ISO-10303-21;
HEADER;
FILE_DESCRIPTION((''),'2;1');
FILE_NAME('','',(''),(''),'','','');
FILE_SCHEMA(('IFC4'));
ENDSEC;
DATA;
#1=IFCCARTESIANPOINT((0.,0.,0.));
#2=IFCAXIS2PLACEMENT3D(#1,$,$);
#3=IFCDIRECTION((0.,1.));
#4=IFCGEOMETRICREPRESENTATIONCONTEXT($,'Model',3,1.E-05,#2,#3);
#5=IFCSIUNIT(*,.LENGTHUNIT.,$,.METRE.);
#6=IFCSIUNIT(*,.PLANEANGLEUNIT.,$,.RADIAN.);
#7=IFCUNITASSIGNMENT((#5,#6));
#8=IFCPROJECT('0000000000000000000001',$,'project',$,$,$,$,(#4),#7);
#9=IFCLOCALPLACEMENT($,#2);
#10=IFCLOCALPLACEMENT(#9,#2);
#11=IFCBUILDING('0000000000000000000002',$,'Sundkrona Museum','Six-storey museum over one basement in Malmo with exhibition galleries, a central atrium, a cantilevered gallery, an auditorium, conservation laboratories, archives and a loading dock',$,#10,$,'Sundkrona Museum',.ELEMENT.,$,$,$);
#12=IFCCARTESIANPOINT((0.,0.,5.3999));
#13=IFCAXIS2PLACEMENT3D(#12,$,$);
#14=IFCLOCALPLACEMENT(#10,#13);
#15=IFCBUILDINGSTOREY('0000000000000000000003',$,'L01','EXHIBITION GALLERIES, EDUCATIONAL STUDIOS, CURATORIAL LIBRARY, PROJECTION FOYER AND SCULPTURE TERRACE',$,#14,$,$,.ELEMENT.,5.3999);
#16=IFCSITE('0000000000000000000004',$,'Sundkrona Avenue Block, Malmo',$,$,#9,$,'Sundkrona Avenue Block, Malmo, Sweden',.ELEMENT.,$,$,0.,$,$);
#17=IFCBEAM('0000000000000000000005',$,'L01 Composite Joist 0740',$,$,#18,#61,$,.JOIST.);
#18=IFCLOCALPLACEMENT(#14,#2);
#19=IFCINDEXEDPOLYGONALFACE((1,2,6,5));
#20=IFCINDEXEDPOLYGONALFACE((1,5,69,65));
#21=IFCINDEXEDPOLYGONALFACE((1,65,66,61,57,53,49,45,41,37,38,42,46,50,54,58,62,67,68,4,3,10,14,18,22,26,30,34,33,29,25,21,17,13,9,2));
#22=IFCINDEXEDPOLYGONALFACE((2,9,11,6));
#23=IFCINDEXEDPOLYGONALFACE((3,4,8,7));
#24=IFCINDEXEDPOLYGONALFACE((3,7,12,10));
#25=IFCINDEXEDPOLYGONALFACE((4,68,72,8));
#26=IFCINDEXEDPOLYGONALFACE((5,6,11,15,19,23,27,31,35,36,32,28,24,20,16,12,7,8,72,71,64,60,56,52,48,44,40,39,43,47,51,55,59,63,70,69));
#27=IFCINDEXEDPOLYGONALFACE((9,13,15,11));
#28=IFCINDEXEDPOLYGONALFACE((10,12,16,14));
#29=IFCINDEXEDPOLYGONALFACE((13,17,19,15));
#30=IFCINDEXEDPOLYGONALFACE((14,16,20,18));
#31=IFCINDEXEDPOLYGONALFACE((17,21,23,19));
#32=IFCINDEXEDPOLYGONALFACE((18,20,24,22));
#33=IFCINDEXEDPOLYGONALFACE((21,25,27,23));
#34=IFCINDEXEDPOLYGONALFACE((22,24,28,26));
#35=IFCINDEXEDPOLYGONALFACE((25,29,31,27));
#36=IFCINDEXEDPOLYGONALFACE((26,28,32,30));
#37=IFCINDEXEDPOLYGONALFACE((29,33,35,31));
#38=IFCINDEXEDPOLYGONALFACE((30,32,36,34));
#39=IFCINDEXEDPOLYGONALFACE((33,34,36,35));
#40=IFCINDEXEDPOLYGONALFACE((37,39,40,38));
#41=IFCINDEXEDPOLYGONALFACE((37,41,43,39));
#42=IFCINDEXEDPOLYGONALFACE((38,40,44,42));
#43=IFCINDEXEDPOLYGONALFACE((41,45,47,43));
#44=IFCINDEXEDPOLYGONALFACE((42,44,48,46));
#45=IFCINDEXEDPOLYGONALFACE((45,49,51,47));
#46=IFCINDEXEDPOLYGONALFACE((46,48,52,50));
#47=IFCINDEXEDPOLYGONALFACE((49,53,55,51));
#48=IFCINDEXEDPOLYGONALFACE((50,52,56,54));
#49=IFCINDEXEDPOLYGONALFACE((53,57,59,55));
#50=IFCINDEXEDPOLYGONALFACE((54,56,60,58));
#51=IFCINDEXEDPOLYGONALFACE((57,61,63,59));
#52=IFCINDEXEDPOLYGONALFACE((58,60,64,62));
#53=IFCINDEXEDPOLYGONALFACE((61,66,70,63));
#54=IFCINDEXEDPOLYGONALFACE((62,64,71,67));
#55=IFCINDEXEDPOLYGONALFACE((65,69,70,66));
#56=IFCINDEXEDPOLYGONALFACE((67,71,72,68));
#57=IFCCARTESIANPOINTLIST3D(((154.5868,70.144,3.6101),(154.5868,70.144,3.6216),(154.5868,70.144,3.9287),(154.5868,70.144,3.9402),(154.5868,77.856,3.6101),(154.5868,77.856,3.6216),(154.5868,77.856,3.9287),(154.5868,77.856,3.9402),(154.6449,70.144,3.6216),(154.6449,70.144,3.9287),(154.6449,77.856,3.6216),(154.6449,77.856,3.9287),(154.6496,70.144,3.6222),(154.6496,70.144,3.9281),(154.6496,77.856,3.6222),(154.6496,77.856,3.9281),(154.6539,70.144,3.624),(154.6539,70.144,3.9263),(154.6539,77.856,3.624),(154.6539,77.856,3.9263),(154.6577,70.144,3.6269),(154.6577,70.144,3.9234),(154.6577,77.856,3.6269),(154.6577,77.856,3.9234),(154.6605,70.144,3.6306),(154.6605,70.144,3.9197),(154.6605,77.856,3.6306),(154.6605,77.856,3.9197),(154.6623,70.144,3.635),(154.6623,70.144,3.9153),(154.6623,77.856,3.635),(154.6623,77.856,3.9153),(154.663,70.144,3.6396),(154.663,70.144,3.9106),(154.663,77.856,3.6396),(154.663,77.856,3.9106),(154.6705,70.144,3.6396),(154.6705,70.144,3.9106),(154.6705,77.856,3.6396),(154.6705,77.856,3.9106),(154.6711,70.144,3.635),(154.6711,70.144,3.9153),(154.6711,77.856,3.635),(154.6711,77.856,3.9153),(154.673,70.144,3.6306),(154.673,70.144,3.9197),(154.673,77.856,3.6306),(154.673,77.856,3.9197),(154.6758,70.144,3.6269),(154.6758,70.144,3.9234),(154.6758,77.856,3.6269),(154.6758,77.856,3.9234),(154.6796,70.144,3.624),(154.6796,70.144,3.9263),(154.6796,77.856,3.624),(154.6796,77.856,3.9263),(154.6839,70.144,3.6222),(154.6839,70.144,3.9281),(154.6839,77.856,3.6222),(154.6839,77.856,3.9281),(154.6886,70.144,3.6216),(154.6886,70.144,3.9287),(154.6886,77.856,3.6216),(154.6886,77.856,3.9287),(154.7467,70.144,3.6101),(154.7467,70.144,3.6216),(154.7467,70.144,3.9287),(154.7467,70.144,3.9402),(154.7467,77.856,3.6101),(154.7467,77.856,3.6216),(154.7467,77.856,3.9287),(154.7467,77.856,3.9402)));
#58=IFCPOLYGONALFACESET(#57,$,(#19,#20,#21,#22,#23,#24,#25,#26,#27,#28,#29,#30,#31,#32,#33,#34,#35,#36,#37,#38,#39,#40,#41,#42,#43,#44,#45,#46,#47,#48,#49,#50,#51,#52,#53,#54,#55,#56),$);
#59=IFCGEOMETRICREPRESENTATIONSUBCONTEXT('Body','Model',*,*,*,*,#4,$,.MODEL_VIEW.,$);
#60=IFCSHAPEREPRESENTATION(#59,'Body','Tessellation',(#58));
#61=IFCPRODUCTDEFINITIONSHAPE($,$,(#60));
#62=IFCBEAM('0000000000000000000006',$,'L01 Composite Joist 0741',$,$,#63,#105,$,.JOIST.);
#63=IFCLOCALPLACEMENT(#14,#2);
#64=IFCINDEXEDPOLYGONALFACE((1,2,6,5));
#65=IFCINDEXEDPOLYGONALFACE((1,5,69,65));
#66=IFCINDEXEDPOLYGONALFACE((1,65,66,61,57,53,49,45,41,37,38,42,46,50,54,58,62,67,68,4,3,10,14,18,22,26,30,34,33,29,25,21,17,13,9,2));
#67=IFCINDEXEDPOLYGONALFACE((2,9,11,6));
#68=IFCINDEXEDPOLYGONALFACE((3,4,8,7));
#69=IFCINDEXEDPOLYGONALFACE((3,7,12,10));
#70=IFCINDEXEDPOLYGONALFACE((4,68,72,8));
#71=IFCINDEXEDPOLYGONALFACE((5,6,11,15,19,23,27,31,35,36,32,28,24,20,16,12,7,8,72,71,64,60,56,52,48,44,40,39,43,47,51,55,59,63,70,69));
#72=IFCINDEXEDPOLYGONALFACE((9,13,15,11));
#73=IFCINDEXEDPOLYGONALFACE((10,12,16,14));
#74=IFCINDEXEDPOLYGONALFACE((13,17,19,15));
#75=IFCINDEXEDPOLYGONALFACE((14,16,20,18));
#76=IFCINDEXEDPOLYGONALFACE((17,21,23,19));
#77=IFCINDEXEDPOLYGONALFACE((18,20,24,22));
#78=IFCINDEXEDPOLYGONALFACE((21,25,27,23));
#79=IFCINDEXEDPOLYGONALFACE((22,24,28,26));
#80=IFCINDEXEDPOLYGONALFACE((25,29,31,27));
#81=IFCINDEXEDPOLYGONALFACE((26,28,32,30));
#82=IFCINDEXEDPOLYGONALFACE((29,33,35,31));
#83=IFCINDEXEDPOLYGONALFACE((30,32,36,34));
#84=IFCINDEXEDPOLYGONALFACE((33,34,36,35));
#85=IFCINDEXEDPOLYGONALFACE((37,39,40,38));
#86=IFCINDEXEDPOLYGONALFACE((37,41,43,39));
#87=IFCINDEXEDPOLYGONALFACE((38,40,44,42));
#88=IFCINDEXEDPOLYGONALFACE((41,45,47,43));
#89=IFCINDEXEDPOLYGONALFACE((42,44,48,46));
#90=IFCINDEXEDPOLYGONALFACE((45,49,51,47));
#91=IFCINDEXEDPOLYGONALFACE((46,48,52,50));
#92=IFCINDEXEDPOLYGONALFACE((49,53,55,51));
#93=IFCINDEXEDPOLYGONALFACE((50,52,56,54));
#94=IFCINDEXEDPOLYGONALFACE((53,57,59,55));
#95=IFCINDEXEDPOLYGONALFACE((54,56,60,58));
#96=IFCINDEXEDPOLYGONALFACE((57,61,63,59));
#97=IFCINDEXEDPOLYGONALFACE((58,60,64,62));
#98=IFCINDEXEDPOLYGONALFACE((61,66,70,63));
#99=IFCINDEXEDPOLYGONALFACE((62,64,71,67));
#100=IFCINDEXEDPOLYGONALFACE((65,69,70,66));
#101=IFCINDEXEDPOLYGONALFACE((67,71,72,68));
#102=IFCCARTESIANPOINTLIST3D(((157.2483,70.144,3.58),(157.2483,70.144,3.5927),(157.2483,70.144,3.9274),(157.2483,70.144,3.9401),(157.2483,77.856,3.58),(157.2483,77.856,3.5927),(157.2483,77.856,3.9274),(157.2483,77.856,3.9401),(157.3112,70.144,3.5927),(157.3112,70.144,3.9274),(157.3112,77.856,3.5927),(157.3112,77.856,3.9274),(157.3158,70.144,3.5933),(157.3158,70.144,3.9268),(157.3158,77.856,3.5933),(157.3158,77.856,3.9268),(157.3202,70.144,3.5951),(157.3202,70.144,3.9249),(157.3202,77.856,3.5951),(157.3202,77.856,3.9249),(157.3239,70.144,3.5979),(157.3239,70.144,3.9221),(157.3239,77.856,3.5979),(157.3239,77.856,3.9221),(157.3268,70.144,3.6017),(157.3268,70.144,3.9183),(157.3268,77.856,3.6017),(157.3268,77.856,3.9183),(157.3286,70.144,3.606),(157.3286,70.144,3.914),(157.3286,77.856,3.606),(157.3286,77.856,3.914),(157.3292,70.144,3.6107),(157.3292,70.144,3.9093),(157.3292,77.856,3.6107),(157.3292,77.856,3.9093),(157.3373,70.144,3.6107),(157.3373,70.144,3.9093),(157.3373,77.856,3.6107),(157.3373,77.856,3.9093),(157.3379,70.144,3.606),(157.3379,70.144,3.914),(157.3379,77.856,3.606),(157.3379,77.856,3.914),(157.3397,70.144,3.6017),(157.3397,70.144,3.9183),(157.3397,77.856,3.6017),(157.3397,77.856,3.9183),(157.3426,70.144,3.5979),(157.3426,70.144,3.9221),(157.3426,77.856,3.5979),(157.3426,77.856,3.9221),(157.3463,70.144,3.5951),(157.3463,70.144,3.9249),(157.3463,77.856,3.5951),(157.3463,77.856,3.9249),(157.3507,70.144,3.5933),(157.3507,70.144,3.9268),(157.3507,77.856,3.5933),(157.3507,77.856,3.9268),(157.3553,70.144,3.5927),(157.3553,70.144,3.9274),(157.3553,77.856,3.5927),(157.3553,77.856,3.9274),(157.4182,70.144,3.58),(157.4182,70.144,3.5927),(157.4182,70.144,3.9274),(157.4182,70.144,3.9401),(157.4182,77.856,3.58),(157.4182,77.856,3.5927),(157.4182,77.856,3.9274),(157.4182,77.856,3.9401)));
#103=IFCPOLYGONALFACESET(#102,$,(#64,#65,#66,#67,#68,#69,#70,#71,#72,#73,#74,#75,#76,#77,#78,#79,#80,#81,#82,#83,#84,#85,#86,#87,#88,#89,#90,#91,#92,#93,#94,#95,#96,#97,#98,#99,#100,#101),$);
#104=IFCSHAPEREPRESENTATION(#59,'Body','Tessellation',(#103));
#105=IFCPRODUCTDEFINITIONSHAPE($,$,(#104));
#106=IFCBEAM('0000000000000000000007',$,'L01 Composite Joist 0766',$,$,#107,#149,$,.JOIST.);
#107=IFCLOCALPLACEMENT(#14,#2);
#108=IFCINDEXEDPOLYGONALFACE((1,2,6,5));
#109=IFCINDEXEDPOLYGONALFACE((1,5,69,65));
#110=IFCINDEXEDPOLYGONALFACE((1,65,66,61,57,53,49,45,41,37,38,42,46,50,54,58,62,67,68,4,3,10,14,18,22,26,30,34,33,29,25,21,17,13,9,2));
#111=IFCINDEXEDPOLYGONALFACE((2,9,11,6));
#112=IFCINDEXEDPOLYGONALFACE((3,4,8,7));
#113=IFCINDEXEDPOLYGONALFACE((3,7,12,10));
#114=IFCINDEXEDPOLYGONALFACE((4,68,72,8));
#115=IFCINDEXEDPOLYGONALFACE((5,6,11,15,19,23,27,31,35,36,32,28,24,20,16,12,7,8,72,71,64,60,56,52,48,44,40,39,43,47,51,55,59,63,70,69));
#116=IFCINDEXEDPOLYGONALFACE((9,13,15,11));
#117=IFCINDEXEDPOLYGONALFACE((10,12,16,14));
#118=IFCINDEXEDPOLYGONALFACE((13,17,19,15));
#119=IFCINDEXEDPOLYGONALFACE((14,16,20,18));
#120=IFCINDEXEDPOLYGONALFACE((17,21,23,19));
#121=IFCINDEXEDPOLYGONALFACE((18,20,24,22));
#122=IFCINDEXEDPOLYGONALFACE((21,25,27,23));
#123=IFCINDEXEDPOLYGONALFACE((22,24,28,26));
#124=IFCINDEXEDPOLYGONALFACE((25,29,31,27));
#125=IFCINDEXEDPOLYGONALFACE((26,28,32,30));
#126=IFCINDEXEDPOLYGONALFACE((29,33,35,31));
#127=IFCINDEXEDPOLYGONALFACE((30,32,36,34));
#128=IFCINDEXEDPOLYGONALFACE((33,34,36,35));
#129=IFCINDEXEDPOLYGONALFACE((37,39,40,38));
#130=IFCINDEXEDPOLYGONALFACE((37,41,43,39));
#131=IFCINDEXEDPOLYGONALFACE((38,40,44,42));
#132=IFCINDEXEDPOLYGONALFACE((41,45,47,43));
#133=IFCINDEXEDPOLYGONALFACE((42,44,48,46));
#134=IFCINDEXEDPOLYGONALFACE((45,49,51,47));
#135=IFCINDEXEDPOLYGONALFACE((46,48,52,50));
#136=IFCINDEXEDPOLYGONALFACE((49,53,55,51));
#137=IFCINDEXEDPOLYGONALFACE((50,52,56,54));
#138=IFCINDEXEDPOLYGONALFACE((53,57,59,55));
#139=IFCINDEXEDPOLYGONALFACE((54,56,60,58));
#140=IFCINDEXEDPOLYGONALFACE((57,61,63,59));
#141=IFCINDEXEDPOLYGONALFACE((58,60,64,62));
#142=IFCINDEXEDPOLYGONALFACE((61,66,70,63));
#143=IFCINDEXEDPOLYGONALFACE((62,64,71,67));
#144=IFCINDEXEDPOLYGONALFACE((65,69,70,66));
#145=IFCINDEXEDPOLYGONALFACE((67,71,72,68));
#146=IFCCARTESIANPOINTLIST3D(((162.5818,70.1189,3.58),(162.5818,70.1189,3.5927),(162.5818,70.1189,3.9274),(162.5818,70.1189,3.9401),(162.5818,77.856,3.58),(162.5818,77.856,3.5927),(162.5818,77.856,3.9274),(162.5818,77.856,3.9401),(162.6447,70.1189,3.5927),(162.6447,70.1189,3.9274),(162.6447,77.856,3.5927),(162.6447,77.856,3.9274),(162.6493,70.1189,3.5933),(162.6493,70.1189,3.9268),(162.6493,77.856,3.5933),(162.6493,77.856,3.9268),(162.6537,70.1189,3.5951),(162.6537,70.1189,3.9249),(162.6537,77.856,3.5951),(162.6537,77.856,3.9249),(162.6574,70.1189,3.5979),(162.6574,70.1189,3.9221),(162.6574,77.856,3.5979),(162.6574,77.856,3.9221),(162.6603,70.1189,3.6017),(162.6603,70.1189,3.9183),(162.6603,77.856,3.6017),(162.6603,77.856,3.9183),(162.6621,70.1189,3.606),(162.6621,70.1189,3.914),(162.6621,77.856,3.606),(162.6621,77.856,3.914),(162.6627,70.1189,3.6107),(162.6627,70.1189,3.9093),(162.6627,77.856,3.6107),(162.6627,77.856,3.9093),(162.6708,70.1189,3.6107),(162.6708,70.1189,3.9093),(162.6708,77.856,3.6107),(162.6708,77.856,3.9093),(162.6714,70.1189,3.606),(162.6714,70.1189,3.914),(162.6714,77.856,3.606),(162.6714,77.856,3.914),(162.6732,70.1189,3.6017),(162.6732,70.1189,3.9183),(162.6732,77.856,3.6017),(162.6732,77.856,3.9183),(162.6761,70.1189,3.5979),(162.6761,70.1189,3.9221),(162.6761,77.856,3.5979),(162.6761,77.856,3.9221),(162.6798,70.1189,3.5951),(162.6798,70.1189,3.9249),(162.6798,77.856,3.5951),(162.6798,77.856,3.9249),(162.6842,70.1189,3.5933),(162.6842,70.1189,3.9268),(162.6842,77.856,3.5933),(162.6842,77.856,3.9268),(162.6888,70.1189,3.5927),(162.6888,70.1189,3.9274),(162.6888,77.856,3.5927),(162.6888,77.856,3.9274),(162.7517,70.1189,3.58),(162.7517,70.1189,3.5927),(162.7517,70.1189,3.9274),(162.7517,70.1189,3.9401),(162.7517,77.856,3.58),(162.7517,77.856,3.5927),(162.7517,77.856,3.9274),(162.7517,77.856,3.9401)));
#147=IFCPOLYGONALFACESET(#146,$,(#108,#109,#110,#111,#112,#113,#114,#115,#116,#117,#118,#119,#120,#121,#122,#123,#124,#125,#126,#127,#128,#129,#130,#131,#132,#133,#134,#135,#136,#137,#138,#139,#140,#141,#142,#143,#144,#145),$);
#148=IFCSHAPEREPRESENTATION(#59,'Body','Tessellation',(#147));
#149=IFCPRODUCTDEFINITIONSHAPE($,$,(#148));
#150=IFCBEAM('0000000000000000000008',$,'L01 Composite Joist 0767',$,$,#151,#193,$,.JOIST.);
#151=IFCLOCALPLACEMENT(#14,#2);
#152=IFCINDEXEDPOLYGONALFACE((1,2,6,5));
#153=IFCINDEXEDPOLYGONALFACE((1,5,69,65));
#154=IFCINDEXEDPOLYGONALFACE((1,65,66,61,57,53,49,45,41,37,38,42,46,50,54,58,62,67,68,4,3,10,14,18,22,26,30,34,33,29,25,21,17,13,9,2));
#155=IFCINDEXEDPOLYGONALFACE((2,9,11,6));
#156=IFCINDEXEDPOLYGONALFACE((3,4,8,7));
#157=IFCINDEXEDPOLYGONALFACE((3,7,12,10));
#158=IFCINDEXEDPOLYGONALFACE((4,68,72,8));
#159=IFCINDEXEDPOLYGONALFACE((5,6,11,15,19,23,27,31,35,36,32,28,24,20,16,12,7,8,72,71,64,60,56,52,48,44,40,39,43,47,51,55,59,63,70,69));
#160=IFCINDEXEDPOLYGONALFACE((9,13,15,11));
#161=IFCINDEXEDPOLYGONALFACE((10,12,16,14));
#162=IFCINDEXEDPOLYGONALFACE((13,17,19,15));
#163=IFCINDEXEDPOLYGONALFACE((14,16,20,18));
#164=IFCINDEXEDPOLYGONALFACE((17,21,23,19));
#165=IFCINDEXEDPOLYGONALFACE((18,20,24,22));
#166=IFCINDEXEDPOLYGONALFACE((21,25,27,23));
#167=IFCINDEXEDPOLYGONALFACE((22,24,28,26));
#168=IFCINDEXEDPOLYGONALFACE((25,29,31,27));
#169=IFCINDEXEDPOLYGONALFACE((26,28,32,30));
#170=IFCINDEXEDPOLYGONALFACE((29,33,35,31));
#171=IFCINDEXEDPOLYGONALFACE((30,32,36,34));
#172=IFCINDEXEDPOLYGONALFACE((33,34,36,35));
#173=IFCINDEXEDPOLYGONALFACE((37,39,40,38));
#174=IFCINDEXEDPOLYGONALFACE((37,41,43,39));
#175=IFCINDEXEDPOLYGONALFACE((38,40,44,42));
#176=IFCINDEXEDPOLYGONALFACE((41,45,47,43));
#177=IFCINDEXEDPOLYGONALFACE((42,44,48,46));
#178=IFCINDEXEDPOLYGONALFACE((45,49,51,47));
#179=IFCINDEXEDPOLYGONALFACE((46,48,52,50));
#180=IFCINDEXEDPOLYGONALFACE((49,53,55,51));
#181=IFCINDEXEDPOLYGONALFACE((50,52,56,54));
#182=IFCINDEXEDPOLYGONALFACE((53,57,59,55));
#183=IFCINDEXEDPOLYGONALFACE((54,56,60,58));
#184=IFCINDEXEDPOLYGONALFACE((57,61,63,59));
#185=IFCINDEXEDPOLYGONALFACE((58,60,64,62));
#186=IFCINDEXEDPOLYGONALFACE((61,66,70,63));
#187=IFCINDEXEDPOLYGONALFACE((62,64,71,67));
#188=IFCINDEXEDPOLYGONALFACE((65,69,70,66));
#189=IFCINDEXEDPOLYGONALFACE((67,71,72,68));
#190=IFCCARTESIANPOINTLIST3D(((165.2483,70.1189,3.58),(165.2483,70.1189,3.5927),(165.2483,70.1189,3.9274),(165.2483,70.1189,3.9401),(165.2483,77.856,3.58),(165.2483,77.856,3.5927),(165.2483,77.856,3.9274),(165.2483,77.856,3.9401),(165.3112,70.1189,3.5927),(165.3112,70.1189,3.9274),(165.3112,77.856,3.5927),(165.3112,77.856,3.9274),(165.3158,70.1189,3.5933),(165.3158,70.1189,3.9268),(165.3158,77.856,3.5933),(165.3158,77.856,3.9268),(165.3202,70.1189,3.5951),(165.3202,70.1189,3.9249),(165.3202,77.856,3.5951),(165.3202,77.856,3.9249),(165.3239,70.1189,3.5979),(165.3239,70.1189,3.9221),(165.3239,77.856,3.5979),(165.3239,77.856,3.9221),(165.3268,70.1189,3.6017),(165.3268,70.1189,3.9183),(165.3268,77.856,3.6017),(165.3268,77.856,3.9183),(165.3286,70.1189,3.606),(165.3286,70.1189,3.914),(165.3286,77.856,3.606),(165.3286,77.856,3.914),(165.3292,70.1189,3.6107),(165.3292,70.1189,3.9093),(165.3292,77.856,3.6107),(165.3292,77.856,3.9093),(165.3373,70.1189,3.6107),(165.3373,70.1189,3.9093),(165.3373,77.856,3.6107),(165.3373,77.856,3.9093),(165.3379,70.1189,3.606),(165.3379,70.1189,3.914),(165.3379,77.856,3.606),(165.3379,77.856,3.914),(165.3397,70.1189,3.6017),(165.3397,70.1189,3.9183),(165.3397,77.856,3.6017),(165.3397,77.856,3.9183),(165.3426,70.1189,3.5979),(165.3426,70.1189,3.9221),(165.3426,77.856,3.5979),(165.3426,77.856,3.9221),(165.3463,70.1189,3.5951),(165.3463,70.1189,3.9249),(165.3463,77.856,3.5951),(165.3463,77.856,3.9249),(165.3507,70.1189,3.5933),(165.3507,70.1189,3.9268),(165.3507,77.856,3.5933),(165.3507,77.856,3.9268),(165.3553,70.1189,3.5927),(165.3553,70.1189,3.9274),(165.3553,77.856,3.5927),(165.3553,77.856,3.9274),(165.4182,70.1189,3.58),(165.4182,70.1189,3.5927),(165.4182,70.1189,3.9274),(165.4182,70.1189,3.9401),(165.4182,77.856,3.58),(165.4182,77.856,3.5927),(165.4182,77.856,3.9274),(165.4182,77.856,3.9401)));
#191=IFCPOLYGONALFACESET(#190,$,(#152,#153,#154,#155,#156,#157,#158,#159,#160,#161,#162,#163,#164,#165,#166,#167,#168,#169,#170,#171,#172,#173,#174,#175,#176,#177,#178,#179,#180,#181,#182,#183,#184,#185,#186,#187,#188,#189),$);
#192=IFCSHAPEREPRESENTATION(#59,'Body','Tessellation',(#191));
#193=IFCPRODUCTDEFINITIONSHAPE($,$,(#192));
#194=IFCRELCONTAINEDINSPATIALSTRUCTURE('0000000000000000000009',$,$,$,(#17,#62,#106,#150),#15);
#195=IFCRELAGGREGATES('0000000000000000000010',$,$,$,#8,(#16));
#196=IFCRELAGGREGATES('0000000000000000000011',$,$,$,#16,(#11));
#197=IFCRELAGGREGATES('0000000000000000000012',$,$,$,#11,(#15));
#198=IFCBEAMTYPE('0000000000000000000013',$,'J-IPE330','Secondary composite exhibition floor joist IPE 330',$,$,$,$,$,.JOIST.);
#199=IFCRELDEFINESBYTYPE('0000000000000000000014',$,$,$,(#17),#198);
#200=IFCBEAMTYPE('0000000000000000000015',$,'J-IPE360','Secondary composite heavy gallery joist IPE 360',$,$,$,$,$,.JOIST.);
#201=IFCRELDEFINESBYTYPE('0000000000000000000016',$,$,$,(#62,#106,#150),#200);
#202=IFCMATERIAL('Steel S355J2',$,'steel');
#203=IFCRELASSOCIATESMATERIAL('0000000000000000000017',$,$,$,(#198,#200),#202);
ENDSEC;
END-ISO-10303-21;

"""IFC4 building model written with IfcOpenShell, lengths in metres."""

from ifc_helpers import new_model, si_unit, direction, frame, origin, origin_2d, place, context, subcontext, project, spatial, i_section, extrude, material, material_profile, profile_set, type_object, element, save


model = new_model("IFC4")

# Units and contexts
model_context = context("Model", 3, precision=1e-05, world=origin(), true_north=direction((0.0, 1.0)))
body_context = subcontext(model_context, "Body", "Model", "MODEL_VIEW")
ifc_project = project(units=[si_unit("LENGTHUNIT", "METRE"), si_unit("PLANEANGLEUNIT", "RADIAN")], contexts=[model_context])

# Site, building, storey
site_placement = place(None, origin())
site = spatial("IfcSite", under=ifc_project, at=site_placement, Name="Sundkrona Avenue Block, Malmo", LongName="Sundkrona Avenue Block, Malmo, Sweden", CompositionType="ELEMENT", RefElevation=0.0)
building_placement = place(site_placement, origin())
building = spatial("IfcBuilding", under=site, at=building_placement, Name="Sundkrona Museum", Description="Six-storey museum over one basement in Malmo with exhibition galleries, a central atrium, a cantilevered gallery, an auditorium, conservation laboratories, archives and a loading dock", LongName="Sundkrona Museum", CompositionType="ELEMENT")
storey_placement = place(building_placement, frame((0.0, 0.0, 5.3999)))
storey = spatial("IfcBuildingStorey", under=building, at=storey_placement, Name="L01", Description="EXHIBITION GALLERIES, EDUCATIONAL STUDIOS, CURATORIAL LIBRARY, PROJECTION FOYER AND SCULPTURE TERRACE", CompositionType="ELEMENT", Elevation=5.3999)

# Shared definitions
ifc_material_1 = material(Name="Steel S355J2", Category="steel")

# Beams
ifc_material_profile_1 = material_profile(ifc_material_1, i_section(OverallWidth=0.1599, OverallDepth=0.3301, WebThickness=0.0076, FlangeThickness=0.0115, FilletRadius=0.0181, at=origin_2d()), Name="IPE 330")
ifc_profile_set_1 = profile_set([ifc_material_profile_1], Name="Steel S355J2")
beam_type_1 = type_object("IfcBeamType", Name="J-IPE330", Description="Secondary composite exhibition floor joist IPE 330", PredefinedType="JOIST", material=ifc_profile_set_1)
beam_1_placement = place(storey_placement, frame((154.6667, 70.144, 3.7751), z_axis=(0.0, 1.0, 0.0), x_axis=(-1.0, 0.0, 0.0)))
element("IfcBeam", 1, at=beam_1_placement, inside=storey, type_object=beam_type_1, Name="L01 Composite Joist 0740", PredefinedType="JOIST", context=body_context, shape_type="SweptSolid", body=[
    extrude(i_section(OverallWidth=0.1599, OverallDepth=0.3301, WebThickness=0.0076, FlangeThickness=0.0115, FilletRadius=0.0181, at=origin_2d()), origin(), (0.0, 0.0, 1.0), 7.7119),
])
ifc_material_profile_2 = material_profile(ifc_material_1, i_section(OverallWidth=0.1699, OverallDepth=0.3601, WebThickness=0.0081, FlangeThickness=0.0127, FilletRadius=0.0181, at=origin_2d()), Name="IPE 360")
ifc_profile_set_2 = profile_set([ifc_material_profile_2], Name="Steel S355J2")
beam_type_2 = type_object("IfcBeamType", Name="J-IPE360", Description="Secondary composite heavy gallery joist IPE 360", PredefinedType="JOIST", material=ifc_profile_set_2)
beam_2_placement = place(storey_placement, frame((157.3333, 70.144, 3.76), z_axis=(0.0, 1.0, 0.0), x_axis=(-1.0, 0.0, 0.0)))
element("IfcBeam", 2, at=beam_2_placement, inside=storey, type_object=beam_type_2, Name="L01 Composite Joist 0741", PredefinedType="JOIST", context=body_context, shape_type="SweptSolid", body=[
    extrude(i_section(OverallWidth=0.1699, OverallDepth=0.3601, WebThickness=0.0081, FlangeThickness=0.0127, FilletRadius=0.0181, at=origin_2d()), origin(), (0.0, 0.0, 1.0), 7.7119),
])
for number, where, z_axis, x_axis, name in (
    (3, (162.6667, 70.1189, 3.76), (0.0, 1.0, 0.0), (-1.0, 0.0, 0.0), "L01 Composite Joist 0766"),
    (4, (165.3333, 70.1189, 3.76), (0.0, 1.0, 0.0), (-1.0, 0.0, 0.0), "L01 Composite Joist 0767"),
):
    element("IfcBeam", number, at=place(storey_placement, frame(where, z_axis=z_axis, x_axis=x_axis)), inside=storey, type_object=beam_type_2, Name=name, PredefinedType="JOIST", context=body_context, shape_type="SweptSolid", body=[
        extrude(i_section(OverallWidth=0.1699, OverallDepth=0.3601, WebThickness=0.0081, FlangeThickness=0.0127, FilletRadius=0.0181, at=origin_2d()), origin(), (0.0, 0.0, 1.0), 7.7371),
    ])

save(model, "model.ifc")
